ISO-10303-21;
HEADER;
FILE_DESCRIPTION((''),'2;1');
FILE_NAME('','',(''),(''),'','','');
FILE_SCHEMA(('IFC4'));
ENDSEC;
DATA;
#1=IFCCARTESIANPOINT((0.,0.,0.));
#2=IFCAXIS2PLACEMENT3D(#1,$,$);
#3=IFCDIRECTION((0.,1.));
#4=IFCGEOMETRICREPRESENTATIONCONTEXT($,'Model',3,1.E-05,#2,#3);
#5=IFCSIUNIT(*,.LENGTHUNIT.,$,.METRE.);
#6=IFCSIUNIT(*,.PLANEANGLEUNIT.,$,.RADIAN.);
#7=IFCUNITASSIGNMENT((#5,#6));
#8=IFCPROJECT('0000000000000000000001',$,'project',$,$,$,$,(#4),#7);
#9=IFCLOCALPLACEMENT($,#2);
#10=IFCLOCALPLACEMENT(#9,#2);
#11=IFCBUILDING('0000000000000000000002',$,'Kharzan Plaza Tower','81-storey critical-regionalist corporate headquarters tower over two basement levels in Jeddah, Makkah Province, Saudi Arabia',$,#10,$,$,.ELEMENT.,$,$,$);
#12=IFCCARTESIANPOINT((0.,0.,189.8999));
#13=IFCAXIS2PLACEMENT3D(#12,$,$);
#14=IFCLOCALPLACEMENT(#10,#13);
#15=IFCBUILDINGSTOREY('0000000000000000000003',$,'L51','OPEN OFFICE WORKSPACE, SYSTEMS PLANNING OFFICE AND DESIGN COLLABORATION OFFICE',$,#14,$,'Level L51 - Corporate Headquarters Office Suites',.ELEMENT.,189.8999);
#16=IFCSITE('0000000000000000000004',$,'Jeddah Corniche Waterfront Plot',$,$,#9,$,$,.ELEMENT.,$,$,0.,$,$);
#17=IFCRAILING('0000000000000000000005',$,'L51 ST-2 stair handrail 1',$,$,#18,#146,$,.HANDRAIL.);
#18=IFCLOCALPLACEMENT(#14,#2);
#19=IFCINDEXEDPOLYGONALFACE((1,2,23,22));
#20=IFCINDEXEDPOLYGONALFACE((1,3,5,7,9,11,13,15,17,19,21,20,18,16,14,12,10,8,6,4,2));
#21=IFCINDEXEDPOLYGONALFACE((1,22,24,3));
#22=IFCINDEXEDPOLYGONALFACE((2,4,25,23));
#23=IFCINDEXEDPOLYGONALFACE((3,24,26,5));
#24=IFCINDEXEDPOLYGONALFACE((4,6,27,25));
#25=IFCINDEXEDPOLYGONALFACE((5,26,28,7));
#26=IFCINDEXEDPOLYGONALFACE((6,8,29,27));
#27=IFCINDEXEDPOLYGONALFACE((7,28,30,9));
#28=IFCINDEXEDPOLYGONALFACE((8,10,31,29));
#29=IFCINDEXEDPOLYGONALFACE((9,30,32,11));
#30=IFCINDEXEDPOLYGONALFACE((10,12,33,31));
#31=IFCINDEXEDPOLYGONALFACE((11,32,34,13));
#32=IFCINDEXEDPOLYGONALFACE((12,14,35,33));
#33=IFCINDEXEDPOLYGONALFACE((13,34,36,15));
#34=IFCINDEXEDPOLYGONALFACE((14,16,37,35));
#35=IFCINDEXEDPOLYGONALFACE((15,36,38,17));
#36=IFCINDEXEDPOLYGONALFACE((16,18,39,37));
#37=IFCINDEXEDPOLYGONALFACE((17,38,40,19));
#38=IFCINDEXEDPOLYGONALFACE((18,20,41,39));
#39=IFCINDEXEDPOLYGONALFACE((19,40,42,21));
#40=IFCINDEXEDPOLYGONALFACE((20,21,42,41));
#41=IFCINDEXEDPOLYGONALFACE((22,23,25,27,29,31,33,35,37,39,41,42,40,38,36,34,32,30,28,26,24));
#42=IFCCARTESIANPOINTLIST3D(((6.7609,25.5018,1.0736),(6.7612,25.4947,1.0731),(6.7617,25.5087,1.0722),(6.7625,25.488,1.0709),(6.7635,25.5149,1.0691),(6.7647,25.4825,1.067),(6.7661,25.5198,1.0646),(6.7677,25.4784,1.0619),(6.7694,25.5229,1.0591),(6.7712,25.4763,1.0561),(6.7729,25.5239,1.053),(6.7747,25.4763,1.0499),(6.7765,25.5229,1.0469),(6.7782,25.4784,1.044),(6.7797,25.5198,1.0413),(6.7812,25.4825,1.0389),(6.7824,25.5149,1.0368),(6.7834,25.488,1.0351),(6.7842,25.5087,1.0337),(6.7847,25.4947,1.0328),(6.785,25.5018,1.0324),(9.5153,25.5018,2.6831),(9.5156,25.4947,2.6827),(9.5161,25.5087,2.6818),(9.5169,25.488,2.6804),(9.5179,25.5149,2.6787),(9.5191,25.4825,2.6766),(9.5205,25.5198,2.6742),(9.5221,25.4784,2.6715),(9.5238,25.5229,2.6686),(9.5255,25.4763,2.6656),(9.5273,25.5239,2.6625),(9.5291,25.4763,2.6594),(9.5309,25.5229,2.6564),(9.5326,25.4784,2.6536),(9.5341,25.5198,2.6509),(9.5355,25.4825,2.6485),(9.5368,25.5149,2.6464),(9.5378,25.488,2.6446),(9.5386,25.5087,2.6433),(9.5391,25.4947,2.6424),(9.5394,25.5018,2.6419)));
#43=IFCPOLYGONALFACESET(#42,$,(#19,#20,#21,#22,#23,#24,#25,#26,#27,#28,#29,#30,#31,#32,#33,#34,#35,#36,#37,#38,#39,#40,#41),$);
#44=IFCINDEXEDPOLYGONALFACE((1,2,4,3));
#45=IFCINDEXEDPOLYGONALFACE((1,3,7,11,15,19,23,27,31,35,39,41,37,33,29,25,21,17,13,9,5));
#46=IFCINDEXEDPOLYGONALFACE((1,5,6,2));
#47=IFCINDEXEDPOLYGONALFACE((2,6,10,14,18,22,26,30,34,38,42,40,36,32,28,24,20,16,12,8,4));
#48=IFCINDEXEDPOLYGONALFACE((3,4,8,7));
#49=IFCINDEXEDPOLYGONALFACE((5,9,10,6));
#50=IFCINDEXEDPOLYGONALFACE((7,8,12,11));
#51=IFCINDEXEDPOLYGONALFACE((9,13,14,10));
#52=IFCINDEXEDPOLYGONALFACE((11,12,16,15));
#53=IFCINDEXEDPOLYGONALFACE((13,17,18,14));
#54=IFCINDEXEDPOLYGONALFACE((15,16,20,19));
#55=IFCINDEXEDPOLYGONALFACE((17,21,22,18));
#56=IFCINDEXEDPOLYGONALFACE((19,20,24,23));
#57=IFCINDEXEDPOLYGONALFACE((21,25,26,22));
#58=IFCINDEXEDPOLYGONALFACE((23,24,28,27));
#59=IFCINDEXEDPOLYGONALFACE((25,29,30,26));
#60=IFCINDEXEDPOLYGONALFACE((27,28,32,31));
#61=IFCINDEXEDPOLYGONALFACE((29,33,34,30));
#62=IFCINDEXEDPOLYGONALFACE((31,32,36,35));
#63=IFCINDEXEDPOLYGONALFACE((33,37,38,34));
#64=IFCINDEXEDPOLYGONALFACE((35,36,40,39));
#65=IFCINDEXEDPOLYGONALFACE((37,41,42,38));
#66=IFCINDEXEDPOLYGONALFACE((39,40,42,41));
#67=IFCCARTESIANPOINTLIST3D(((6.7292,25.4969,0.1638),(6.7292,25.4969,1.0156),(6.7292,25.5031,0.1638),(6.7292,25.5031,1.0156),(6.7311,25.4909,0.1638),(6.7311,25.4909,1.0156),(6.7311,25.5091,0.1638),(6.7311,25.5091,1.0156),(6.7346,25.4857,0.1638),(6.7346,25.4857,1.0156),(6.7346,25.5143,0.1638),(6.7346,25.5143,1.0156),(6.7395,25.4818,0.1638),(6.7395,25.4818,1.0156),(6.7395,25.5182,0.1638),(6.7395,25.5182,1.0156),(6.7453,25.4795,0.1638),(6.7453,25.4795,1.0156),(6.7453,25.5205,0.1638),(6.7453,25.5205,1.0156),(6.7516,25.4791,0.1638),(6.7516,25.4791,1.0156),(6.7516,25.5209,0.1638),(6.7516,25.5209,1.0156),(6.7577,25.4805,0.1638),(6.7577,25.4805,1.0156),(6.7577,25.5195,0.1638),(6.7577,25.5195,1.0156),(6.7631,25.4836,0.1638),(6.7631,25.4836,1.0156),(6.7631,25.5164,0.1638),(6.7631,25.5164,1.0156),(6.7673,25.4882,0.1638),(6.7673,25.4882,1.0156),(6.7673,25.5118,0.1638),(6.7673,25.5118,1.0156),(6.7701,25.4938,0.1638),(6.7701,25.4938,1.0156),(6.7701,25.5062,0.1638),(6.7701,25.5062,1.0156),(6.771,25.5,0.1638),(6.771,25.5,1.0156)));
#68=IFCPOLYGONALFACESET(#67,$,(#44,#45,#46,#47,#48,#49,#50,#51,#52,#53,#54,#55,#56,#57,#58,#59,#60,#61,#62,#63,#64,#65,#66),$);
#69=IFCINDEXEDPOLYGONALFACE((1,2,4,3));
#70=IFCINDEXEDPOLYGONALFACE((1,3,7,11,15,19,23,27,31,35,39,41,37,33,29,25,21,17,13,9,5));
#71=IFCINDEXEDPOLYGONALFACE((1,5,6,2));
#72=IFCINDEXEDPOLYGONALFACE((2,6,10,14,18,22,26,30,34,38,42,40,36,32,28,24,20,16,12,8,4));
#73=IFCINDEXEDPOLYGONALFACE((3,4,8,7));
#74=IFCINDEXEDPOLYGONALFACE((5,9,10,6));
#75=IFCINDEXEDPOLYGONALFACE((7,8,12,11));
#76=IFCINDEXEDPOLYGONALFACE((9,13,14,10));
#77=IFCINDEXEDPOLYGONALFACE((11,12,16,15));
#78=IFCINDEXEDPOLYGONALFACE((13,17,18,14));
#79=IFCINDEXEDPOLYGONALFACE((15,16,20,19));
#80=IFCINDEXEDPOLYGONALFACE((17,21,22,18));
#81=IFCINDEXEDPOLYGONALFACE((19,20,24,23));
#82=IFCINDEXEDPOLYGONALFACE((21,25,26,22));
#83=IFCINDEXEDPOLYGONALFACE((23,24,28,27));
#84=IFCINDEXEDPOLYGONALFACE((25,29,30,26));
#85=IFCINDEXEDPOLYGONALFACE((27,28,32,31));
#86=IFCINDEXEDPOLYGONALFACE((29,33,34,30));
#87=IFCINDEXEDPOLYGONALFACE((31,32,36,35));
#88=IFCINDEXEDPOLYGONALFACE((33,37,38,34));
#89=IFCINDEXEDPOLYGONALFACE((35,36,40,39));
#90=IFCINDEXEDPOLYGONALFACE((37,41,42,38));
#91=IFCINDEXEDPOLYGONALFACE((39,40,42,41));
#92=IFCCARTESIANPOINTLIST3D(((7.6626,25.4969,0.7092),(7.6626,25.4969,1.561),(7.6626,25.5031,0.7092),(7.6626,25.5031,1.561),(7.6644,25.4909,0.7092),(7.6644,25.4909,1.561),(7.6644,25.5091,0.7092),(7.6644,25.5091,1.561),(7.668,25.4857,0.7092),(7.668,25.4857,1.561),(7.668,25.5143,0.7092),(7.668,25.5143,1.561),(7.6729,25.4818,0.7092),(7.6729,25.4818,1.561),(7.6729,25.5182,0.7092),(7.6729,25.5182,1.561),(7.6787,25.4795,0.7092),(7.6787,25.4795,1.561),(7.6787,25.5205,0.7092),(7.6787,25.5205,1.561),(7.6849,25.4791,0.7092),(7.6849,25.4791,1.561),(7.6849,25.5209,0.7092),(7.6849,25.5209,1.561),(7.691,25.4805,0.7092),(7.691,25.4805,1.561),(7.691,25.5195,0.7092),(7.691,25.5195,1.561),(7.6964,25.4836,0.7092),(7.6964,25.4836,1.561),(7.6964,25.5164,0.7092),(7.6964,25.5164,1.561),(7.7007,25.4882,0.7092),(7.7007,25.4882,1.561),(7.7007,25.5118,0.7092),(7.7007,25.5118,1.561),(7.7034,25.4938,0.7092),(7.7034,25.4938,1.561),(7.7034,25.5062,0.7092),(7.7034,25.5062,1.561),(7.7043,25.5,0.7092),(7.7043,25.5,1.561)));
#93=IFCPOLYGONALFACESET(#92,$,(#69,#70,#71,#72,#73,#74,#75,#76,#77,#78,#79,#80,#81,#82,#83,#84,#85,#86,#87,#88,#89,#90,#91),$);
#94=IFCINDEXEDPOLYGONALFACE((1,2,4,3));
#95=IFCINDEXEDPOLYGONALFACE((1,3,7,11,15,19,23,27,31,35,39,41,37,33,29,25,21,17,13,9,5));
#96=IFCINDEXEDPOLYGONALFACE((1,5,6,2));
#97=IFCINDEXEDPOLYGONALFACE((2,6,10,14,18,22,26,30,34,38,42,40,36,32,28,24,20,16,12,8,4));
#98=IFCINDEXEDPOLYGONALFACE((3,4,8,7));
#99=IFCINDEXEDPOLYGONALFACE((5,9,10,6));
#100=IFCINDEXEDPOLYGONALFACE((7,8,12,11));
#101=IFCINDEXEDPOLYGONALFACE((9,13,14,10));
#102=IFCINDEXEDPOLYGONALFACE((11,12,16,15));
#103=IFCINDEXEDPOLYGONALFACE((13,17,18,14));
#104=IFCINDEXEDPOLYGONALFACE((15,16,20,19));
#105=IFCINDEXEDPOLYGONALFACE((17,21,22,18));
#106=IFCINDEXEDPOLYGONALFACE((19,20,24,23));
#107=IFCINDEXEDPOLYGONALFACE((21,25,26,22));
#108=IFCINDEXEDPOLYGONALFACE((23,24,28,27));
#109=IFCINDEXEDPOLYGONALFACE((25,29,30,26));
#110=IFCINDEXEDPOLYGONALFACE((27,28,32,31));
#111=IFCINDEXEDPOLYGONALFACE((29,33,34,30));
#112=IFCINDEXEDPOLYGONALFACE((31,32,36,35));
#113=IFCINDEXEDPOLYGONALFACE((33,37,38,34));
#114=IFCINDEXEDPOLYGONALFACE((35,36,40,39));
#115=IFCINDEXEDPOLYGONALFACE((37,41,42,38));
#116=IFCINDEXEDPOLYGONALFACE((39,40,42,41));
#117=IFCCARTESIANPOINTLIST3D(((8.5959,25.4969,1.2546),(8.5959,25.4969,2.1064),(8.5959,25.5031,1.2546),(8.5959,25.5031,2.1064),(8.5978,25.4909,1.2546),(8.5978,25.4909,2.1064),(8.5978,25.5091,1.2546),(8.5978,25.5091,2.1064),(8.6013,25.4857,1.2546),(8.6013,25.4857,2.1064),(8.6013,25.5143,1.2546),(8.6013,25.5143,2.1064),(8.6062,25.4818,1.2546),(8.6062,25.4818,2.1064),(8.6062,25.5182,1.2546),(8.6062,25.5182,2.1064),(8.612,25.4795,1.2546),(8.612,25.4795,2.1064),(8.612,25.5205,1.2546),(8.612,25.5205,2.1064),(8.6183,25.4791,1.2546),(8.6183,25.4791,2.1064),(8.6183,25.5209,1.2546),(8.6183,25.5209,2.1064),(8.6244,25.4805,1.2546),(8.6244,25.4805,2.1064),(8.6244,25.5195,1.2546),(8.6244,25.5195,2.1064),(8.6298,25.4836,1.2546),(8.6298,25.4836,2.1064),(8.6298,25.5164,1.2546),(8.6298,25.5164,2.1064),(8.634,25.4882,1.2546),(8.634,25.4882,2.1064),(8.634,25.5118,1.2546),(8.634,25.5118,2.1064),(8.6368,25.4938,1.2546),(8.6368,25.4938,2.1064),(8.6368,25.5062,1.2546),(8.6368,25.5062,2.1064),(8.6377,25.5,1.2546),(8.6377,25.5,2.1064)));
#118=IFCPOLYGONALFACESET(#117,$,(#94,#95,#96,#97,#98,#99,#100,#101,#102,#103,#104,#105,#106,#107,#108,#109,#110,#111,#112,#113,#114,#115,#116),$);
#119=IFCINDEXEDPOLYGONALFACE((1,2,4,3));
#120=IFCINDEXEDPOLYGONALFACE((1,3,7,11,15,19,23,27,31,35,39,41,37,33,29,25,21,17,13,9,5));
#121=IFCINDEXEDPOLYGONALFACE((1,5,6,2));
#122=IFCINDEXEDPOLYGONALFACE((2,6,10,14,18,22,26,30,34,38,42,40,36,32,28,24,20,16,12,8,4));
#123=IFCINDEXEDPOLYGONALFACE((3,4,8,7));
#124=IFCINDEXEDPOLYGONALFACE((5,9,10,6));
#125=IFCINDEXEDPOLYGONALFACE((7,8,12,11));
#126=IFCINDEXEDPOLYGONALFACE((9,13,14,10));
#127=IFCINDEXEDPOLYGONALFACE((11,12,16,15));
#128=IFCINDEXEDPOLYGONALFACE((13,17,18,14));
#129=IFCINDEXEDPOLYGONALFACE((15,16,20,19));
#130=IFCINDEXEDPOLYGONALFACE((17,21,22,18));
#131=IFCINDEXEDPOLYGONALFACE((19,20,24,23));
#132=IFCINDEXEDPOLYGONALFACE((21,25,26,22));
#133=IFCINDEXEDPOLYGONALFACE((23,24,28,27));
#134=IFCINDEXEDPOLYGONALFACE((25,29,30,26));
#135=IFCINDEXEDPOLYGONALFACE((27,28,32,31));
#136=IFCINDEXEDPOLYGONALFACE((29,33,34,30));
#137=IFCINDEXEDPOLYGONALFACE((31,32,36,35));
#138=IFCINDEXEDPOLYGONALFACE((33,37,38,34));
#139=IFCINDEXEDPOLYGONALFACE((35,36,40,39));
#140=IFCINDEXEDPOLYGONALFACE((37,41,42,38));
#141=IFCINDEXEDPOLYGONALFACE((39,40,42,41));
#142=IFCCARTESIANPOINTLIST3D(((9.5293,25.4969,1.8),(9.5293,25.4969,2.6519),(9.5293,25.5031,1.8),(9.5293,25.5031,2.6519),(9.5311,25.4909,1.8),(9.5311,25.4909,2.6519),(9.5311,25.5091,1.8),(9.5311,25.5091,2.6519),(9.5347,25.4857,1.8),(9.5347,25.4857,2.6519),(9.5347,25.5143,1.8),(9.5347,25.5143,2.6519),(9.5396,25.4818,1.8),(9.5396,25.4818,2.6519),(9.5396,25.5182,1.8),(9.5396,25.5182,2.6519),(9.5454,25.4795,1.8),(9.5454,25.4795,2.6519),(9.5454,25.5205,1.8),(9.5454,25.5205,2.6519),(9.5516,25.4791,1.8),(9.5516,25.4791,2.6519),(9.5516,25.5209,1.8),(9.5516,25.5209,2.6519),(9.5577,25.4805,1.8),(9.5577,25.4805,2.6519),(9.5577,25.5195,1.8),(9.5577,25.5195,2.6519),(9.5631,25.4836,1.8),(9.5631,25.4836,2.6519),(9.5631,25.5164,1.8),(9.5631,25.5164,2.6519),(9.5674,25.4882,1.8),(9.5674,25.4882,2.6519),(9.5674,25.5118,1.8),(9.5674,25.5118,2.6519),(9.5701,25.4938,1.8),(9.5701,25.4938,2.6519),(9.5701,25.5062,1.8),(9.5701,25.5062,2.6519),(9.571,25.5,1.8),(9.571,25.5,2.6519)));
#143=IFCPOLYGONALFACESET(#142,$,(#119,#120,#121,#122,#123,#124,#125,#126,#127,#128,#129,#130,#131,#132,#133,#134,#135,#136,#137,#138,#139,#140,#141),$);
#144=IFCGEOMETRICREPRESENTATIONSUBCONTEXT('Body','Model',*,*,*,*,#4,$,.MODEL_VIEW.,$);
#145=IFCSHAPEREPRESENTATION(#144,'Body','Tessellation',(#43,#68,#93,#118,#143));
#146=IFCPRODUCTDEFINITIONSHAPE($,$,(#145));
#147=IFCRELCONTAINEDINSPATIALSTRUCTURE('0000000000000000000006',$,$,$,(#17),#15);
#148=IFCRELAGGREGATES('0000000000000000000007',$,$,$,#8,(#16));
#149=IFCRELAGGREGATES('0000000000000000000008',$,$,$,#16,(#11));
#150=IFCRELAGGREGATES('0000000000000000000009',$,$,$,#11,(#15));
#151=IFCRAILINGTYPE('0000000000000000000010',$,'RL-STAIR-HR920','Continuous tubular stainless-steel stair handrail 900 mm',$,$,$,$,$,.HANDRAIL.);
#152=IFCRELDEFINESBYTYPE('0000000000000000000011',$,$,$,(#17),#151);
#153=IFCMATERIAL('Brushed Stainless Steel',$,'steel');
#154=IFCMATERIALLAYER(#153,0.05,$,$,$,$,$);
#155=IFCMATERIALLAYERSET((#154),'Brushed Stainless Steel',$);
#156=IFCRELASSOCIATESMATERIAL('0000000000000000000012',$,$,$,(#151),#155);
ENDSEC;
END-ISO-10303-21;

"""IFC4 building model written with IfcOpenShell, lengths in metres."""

from ifc_helpers import new_model, si_unit, direction, frame, origin, origin_2d, place, context, subcontext, project, spatial, circle, extrude, source, transform, mapped, material, layer, layer_set, type_object, element, save


model = new_model("IFC4")

# Units and contexts
model_context = context("Model", 3, precision=1e-05, world=origin(), true_north=direction((0.0, 1.0)))
body_context = subcontext(model_context, "Body", "Model", "MODEL_VIEW")
ifc_project = project(units=[si_unit("LENGTHUNIT", "METRE"), si_unit("PLANEANGLEUNIT", "RADIAN")], contexts=[model_context])

# Site, building, storey
site_placement = place(None, origin())
site = spatial("IfcSite", under=ifc_project, at=site_placement, Name="Jeddah Corniche Waterfront Plot", CompositionType="ELEMENT", RefElevation=0.0)
building_placement = place(site_placement, origin())
building = spatial("IfcBuilding", under=site, at=building_placement, Name="Kharzan Plaza Tower", Description="81-storey critical-regionalist corporate headquarters tower over two basement levels in Jeddah, Makkah Province, Saudi Arabia", CompositionType="ELEMENT")
storey_placement = place(building_placement, frame((0.0, 0.0, 189.8999)))
storey = spatial("IfcBuildingStorey", under=building, at=storey_placement, Name="L51", Description="OPEN OFFICE WORKSPACE, SYSTEMS PLANNING OFFICE AND DESIGN COLLABORATION OFFICE", LongName="Level L51 - Corporate Headquarters Office Suites", CompositionType="ELEMENT", Elevation=189.8999)

# Railing
ifc_material_1 = material(Name="Brushed Stainless Steel", Category="steel")
ifc_layer_1 = layer(ifc_material_1, 0.05)
ifc_layer_set_1 = layer_set([ifc_layer_1], Name="Brushed Stainless Steel")
railing_type_1 = type_object("IfcRailingType", Name="RL-STAIR-HR920", Description="Continuous tubular stainless-steel stair handrail 900 mm", PredefinedType="HANDRAIL", material=ifc_layer_set_1)
shared_shape_1 = source(origin(), body_context, "Body", "SweptSolid", [
    extrude(circle(Radius=0.0239, at=origin_2d()), frame((0.0229, 0.0, 0.8892), z_axis=(0.863394, 0.0, 0.504531), x_axis=(0.0, 1.0, 0.0)), (0.0, 0.0, 1.0), 3.1902),
    extrude(circle(Radius=0.021, at=origin_2d()), origin(), (0.0, 0.0, 1.0), 0.8518),
    extrude(circle(Radius=0.021, at=origin_2d()), frame((0.9333, 0.0, 0.5454)), (0.0, 0.0, 1.0), 0.8518),
    extrude(circle(Radius=0.021, at=origin_2d()), frame((1.8667, 0.0, 1.0908)), (0.0, 0.0, 1.0), 0.8518),
    extrude(circle(Radius=0.021, at=origin_2d()), frame((2.8, 0.0, 1.6362)), (0.0, 0.0, 1.0), 0.8518),
])
railing_1_placement = place(storey_placement, frame((6.75, 25.5, 0.1638)))
element("IfcRailing", 1, at=railing_1_placement, inside=storey, type_object=railing_type_1, Name="L51 ST-2 stair handrail 1", PredefinedType="HANDRAIL", context=body_context, shape_type="MappedRepresentation", body=[
    mapped(shared_shape_1, transform((0.0, 0.0, 0.0), x_axis=(1.0, 0.0, 0.0), y_axis=(0.0, 1.0, 0.0), z_axis=(0.0, 0.0, 1.0))),
])

save(model, "model.ifc")
